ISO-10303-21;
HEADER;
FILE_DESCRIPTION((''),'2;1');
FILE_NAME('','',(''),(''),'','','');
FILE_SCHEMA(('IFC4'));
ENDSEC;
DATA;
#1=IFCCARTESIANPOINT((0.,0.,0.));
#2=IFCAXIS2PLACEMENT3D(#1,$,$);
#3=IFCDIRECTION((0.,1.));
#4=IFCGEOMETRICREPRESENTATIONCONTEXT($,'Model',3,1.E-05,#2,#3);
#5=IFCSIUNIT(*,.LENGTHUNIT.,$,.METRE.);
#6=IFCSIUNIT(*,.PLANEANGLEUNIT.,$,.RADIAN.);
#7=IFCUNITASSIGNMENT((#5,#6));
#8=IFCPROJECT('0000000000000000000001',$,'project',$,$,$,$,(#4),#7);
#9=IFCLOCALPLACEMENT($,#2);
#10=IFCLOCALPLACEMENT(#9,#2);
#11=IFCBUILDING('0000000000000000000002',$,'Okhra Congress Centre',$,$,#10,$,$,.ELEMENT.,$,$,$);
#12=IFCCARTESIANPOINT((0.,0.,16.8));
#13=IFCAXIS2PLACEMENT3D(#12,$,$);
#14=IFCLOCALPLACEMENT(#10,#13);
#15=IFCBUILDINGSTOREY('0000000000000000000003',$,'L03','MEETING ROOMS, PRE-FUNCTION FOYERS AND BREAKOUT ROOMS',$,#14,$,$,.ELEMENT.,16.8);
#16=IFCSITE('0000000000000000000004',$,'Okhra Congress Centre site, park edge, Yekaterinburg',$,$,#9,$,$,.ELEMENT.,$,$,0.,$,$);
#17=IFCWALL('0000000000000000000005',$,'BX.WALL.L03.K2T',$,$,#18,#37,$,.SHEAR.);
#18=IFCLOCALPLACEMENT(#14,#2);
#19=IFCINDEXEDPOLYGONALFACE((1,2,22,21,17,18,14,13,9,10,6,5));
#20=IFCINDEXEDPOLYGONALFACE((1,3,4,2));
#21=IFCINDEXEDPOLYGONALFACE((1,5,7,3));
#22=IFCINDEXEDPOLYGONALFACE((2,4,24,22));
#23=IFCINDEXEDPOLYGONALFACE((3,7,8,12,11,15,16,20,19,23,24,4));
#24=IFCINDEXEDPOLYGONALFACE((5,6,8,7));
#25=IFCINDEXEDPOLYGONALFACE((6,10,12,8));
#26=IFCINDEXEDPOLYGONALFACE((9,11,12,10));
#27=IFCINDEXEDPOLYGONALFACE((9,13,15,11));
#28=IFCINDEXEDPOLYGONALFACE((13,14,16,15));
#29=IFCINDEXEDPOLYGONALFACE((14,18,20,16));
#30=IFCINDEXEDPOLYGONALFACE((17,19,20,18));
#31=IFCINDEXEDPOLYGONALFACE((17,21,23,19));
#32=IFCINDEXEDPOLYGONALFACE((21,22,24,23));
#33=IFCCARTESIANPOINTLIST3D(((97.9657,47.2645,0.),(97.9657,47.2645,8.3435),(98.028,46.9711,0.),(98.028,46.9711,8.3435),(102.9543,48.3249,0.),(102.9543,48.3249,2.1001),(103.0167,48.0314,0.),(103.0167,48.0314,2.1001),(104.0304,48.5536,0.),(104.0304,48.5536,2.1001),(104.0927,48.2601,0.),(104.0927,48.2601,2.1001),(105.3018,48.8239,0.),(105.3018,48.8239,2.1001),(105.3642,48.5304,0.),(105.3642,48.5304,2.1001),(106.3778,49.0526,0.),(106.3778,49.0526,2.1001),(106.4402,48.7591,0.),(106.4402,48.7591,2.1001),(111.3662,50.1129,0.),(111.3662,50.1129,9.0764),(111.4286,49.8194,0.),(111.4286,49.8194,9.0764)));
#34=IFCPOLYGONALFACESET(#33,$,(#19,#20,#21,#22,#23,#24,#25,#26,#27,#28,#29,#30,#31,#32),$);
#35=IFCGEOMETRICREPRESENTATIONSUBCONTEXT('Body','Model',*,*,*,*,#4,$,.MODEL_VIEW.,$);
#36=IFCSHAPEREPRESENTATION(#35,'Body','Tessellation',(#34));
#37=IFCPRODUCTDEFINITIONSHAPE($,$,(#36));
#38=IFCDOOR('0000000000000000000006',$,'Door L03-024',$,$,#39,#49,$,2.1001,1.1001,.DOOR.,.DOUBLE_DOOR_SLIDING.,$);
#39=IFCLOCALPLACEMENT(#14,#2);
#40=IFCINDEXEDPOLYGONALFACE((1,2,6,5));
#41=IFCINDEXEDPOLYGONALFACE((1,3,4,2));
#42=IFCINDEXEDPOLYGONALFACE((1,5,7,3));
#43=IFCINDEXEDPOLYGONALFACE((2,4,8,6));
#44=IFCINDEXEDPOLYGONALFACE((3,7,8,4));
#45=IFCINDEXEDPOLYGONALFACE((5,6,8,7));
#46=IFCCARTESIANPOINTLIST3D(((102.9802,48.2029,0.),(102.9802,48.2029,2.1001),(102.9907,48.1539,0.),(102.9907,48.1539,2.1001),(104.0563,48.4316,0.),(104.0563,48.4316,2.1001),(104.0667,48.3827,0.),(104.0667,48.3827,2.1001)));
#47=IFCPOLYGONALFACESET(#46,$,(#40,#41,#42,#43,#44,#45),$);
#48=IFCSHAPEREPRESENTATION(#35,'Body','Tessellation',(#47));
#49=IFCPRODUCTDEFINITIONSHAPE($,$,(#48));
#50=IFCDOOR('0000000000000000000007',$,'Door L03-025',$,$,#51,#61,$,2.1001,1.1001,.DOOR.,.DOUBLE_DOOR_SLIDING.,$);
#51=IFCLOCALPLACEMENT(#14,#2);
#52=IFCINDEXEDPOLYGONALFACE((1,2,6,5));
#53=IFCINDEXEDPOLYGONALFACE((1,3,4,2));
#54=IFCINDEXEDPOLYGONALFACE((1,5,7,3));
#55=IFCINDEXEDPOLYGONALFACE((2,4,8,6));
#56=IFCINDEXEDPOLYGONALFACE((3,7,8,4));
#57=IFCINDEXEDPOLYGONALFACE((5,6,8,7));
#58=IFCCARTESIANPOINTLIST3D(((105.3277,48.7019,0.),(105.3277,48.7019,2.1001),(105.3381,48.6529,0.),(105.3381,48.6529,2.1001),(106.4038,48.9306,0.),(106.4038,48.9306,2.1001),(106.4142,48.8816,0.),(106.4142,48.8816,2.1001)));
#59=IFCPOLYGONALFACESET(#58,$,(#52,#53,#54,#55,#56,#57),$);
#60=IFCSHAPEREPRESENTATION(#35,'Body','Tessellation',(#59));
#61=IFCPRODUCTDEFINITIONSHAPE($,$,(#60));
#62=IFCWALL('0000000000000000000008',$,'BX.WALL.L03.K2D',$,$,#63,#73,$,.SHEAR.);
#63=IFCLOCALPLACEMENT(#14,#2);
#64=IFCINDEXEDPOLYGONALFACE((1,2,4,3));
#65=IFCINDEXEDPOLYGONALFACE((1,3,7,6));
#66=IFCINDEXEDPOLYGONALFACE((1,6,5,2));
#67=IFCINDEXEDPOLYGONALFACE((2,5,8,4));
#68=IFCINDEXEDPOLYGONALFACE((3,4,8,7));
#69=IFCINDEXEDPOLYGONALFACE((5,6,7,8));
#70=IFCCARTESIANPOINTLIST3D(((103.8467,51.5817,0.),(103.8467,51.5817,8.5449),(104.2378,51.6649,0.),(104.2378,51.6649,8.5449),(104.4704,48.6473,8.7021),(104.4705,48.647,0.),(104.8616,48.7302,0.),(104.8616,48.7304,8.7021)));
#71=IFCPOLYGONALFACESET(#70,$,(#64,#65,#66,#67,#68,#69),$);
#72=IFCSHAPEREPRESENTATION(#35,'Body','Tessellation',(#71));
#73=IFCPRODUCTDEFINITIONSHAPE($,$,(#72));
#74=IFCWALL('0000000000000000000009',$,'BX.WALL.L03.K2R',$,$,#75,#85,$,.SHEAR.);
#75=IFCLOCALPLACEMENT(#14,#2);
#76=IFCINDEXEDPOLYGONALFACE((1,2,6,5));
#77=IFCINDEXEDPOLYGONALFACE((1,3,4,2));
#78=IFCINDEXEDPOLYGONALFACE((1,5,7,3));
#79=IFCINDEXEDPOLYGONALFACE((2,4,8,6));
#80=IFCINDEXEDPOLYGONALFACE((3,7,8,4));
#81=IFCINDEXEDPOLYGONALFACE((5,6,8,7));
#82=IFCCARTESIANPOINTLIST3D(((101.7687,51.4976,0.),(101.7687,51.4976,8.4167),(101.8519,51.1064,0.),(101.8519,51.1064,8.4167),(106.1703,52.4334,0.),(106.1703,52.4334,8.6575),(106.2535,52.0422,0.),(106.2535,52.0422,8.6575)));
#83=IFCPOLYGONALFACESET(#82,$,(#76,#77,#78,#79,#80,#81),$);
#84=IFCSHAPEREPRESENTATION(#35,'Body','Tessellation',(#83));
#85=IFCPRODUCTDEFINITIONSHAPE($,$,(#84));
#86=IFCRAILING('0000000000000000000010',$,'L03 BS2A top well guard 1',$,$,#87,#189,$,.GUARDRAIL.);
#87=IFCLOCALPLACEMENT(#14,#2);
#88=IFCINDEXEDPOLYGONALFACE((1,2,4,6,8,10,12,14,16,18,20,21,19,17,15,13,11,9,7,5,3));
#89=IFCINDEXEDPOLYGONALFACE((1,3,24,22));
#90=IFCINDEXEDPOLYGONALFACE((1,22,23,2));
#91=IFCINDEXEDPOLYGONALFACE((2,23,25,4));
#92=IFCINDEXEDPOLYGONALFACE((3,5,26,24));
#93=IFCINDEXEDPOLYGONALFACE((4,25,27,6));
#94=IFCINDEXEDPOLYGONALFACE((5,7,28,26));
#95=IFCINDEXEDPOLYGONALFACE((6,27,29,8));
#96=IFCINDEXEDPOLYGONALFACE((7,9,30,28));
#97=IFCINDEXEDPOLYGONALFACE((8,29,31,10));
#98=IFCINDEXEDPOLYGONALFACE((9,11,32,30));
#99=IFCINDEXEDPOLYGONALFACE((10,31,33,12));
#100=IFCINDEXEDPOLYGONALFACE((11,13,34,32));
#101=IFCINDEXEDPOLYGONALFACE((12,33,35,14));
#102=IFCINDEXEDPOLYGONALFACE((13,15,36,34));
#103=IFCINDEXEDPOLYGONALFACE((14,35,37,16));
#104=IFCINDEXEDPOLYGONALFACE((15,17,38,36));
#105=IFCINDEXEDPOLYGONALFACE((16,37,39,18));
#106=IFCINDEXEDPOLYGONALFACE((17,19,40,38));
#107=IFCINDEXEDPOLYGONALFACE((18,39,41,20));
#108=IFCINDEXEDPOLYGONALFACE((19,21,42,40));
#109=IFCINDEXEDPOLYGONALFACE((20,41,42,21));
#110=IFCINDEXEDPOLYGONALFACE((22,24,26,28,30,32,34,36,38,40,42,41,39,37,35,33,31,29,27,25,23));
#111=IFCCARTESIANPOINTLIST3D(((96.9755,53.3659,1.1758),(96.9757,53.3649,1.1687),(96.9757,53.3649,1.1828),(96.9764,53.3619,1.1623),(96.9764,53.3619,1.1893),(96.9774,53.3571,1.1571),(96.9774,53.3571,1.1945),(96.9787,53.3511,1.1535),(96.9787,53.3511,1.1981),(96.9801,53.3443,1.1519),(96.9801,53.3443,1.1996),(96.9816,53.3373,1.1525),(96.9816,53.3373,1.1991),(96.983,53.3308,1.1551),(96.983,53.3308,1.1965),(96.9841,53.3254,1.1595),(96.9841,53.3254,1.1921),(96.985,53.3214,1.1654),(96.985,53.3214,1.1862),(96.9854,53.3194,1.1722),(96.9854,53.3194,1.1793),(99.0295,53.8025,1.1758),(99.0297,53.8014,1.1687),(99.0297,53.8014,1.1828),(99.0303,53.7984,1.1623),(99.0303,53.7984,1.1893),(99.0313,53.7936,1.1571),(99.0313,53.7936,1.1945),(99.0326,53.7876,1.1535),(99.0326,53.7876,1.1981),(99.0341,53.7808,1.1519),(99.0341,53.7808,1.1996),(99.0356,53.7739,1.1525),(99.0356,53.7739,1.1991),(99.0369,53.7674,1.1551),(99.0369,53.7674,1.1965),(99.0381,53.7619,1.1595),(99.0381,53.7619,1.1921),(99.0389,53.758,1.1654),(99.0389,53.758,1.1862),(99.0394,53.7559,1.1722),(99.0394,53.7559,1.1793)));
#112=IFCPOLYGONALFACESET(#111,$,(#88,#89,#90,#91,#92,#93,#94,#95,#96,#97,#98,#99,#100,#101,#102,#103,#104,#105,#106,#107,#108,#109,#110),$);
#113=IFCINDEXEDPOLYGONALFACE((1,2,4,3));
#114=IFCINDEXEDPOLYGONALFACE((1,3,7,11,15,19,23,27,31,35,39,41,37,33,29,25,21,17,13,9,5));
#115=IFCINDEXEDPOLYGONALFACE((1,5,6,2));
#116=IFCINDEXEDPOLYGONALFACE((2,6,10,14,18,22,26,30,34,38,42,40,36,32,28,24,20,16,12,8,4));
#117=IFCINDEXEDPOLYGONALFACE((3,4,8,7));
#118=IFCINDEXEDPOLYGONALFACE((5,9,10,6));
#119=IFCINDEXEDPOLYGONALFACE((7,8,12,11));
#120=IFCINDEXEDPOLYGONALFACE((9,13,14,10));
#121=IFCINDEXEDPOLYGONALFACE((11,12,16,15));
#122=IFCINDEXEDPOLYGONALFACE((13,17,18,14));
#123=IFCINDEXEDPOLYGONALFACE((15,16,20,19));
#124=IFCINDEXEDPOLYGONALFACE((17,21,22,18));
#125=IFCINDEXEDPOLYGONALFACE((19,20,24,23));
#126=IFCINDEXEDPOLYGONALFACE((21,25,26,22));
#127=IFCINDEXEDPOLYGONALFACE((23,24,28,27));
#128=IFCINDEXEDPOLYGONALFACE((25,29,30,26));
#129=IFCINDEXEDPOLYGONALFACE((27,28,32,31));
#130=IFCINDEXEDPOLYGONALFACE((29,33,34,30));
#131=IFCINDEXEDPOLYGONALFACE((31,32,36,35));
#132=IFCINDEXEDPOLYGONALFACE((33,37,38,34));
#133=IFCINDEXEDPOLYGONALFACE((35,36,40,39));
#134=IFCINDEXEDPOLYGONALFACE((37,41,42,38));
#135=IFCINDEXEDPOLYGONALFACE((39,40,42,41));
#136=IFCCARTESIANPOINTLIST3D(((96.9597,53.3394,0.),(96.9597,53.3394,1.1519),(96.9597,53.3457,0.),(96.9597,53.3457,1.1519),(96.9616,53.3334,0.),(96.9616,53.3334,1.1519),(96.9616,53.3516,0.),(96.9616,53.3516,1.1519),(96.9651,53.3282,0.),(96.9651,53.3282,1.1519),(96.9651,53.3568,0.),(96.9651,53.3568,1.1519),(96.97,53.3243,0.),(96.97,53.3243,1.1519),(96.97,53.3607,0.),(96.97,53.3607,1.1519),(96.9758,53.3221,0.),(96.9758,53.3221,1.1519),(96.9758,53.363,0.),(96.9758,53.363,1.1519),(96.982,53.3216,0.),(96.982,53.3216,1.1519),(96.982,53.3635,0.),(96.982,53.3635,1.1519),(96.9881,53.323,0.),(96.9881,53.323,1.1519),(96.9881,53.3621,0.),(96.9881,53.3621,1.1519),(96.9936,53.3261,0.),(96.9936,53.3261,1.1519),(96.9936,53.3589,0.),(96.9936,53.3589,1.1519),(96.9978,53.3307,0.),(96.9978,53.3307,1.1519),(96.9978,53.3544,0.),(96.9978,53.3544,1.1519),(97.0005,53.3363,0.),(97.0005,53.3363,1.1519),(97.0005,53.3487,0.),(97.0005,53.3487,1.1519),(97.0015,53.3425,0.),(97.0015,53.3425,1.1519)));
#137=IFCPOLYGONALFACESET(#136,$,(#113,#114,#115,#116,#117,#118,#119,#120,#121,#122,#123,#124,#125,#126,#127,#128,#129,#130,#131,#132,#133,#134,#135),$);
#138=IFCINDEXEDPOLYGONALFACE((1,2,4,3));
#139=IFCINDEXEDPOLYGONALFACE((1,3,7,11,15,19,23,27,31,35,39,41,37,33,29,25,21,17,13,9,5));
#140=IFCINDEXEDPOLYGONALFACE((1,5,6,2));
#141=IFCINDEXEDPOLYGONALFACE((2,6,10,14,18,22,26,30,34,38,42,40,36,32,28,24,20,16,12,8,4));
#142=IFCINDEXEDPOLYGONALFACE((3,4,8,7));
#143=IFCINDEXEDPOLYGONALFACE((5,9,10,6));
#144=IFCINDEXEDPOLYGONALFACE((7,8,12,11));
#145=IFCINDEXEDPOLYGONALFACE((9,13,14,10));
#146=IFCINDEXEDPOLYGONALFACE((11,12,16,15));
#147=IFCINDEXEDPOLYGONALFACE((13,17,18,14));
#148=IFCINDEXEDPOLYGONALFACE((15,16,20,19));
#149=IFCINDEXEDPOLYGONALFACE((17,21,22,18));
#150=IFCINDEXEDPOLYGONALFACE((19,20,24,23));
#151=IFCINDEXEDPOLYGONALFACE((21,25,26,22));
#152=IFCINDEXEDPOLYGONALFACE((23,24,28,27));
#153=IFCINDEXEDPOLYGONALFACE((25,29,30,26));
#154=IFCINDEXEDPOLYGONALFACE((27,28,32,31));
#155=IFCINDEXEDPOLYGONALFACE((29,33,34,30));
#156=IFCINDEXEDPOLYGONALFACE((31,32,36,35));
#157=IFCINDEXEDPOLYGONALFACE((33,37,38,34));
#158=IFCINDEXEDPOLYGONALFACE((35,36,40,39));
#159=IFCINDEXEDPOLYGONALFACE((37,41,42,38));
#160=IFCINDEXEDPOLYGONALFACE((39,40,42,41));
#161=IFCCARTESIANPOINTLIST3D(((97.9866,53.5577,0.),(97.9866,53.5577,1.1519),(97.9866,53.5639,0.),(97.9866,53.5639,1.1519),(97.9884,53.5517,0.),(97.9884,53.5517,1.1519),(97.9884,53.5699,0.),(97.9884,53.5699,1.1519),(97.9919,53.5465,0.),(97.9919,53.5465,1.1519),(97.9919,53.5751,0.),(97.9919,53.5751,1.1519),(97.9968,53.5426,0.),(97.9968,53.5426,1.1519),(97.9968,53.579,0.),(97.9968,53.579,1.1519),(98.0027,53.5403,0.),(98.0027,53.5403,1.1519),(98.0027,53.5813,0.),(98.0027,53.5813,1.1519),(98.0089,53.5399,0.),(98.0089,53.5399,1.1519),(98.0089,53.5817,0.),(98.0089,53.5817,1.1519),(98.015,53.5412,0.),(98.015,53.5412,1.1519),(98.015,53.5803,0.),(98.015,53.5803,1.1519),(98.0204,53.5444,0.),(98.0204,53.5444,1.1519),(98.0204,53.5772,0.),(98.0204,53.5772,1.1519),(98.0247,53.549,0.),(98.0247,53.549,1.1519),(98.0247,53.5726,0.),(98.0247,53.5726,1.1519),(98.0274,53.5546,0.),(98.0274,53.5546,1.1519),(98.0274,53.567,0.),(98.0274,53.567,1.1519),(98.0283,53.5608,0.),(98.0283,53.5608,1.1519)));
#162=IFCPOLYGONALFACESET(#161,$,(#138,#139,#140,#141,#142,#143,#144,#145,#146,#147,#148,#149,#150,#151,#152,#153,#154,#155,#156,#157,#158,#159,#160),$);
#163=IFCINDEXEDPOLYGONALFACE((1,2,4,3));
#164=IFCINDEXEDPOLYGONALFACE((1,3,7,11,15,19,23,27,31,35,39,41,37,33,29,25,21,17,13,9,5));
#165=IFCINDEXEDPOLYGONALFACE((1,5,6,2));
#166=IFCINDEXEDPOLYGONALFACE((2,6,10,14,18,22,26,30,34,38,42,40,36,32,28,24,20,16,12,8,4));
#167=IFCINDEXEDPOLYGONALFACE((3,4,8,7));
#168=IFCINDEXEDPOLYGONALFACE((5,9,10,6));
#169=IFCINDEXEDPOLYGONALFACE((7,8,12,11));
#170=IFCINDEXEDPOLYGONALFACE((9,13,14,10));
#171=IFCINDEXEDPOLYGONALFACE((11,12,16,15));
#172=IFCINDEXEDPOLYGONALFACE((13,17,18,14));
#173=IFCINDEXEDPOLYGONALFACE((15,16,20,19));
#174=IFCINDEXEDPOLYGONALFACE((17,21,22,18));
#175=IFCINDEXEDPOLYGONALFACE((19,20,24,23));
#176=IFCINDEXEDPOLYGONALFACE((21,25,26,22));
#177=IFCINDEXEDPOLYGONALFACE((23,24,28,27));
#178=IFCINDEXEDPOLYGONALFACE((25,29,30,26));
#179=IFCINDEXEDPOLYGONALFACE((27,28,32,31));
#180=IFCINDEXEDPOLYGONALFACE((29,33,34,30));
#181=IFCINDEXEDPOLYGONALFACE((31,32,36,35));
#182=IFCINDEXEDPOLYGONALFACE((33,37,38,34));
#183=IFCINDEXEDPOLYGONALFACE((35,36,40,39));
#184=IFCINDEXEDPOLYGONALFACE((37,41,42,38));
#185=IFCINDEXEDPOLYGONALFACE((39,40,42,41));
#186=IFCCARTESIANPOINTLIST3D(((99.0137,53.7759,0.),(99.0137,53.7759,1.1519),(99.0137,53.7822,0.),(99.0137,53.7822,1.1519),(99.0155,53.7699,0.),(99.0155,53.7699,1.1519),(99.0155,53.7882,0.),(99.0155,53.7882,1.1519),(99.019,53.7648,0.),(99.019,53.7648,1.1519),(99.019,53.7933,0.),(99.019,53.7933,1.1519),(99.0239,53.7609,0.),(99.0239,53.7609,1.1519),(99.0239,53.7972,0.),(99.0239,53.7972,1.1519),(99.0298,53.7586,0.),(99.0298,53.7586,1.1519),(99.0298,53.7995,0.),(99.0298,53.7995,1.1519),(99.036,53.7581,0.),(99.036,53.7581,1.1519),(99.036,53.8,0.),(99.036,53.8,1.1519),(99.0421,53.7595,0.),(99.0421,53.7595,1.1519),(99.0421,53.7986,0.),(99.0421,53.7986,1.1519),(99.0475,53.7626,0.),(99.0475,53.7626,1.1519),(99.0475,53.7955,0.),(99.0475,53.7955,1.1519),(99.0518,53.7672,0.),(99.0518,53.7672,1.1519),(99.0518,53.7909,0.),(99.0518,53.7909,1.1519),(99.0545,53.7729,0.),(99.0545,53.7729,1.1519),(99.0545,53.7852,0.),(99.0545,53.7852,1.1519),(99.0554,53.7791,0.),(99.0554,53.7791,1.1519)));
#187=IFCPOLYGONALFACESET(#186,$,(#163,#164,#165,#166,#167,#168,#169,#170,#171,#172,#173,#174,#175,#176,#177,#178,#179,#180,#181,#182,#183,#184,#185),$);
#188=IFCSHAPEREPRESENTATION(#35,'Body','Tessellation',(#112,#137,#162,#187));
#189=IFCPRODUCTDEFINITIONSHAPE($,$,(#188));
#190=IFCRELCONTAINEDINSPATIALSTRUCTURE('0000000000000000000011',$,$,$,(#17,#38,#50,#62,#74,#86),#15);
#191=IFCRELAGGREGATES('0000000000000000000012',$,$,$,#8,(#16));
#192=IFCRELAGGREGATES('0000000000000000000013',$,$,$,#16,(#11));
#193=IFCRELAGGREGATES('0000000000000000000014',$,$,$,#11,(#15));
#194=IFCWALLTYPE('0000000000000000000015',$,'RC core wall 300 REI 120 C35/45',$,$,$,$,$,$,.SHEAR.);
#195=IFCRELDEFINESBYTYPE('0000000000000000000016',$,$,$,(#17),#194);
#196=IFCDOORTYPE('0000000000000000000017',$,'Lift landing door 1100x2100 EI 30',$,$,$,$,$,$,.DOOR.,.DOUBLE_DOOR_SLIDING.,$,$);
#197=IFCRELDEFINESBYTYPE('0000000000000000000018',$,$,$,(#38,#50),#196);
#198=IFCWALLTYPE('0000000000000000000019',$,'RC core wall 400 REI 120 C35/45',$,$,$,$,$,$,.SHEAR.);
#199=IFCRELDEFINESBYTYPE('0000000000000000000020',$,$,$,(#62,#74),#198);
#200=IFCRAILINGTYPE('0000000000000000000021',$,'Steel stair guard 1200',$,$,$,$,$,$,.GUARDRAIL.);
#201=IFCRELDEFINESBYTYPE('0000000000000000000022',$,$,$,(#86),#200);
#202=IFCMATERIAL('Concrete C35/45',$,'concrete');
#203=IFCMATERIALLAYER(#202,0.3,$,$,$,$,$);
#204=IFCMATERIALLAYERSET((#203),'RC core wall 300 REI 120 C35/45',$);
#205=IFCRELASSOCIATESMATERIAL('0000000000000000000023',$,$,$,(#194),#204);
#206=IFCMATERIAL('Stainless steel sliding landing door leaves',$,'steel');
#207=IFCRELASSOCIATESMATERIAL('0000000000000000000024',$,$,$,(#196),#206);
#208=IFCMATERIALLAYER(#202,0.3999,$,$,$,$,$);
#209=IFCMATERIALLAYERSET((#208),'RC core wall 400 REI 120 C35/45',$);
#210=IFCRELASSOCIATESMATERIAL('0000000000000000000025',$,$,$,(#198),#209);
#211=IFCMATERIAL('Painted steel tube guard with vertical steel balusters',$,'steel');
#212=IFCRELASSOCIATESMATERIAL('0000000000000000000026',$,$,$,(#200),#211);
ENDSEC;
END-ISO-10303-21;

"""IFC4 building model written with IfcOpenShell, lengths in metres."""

from ifc_helpers import new_model, si_unit, direction, frame, frame_2d, origin, origin_2d, place, context, subcontext, project, spatial, polyline, rectangle, circle, outline, extrude, material, layer, layer_set, type_object, element, fill, save


model = new_model("IFC4")

# Units and contexts
model_context = context("Model", 3, precision=1e-05, world=origin(), true_north=direction((0.0, 1.0)))
body_context = subcontext(model_context, "Body", "Model", "MODEL_VIEW")
ifc_project = project(units=[si_unit("LENGTHUNIT", "METRE"), si_unit("PLANEANGLEUNIT", "RADIAN")], contexts=[model_context])

# Site, building, storey
site_placement = place(None, origin())
site = spatial("IfcSite", under=ifc_project, at=site_placement, Name="Okhra Congress Centre site, park edge, Yekaterinburg", CompositionType="ELEMENT", RefElevation=0.0)
building_placement = place(site_placement, origin())
building = spatial("IfcBuilding", under=site, at=building_placement, Name="Okhra Congress Centre", CompositionType="ELEMENT")
storey_placement = place(building_placement, frame((0.0, 0.0, 16.8)))
storey = spatial("IfcBuildingStorey", under=building, at=storey_placement, Name="L03", Description="MEETING ROOMS, PRE-FUNCTION FOYERS AND BREAKOUT ROOMS", CompositionType="ELEMENT", Elevation=16.8)

# Wall, openings, doors
ifc_material_1 = material(Name="Concrete C35/45", Category="concrete")
ifc_layer_1 = layer(ifc_material_1, 0.3)
ifc_layer_set_1 = layer_set([ifc_layer_1], Name="RC core wall 300 REI 120 C35/45")
wall_type_1 = type_object("IfcWallType", Name="RC core wall 300 REI 120 C35/45", PredefinedType="SHEAR", material=ifc_layer_set_1)
wall_1_placement = place(storey_placement, frame((97.9968, 47.1179, 0.0), z_axis=(0.0, 0.0, 1.0), x_axis=(0.978148, 0.207911, 0.0)))
wall_1 = element("IfcWall", 1, at=wall_1_placement, inside=storey, type_object=wall_type_1, Name="BX.WALL.L03.K2T", PredefinedType="SHEAR", context=body_context, shape_type="SweptSolid", body=[
    extrude(outline(polyline([(0.0, 0.0), (13.7, 0.0), (13.7, 9.0764), (0.0, 8.3435), (0.0, 0.0)])), frame((0.0, 0.1499, 0.0), z_axis=(0.0, -1.0, 0.0), x_axis=(1.0, 0.0, 0.0)), (0.0, 0.0, 1.0), 0.3),
])
opening_1_placement = place(wall_1_placement, frame((5.1001, 0.0, 0.0)))
opening_1 = element("IfcOpeningElement", 2, at=opening_1_placement, cuts=wall_1, PredefinedType="OPENING", context=body_context, shape_type="SweptSolid", body=[
    extrude(rectangle(XDim=1.1001, YDim=2.1001, at=frame_2d((0.55, 1.05))), frame((0.0, 0.1599, 0.0), z_axis=(0.0, -1.0, 0.0), x_axis=(1.0, 0.0, 0.0)), (0.0, 0.0, 1.0), 0.3201),
])
opening_2_placement = place(wall_1_placement, frame((7.5, 0.0, 0.0)))
opening_2 = element("IfcOpeningElement", 3, at=opening_2_placement, cuts=wall_1, PredefinedType="OPENING", context=body_context, shape_type="SweptSolid", body=[
    extrude(rectangle(XDim=1.1001, YDim=2.1001, at=frame_2d((0.55, 1.05))), frame((0.0, 0.1599, 0.0), z_axis=(0.0, -1.0, 0.0), x_axis=(1.0, 0.0, 0.0)), (0.0, 0.0, 1.0), 0.3201),
])
ifc_material_2 = material(Name="Stainless steel sliding landing door leaves", Category="steel")
door_type = type_object("IfcDoorType", Name="Lift landing door 1100x2100 EI 30", OperationType="DOUBLE_DOOR_SLIDING", PredefinedType="DOOR", material=ifc_material_2)
door_1_placement = place(opening_1_placement, frame((1.1001, 0.0, 0.0), z_axis=(0.0, 0.0, 1.0), x_axis=(-1.0, 0.0, 0.0)))
door_1 = element("IfcDoor", 4, at=door_1_placement, inside=storey, type_object=door_type, Name="Door L03-024", OperationType="DOUBLE_DOOR_SLIDING", OverallHeight=2.1001, OverallWidth=1.1001, PredefinedType="DOOR", context=body_context, shape_type="SweptSolid", body=[
    extrude(rectangle(XDim=1.1001, YDim=2.1001, at=frame_2d((0.55, 1.05))), frame((0.0, 0.0249, 0.0), z_axis=(0.0, -1.0, 0.0), x_axis=(1.0, 0.0, 0.0)), (0.0, 0.0, 1.0), 0.05),
])
fill(opening_1, door_1)
door_2_placement = place(opening_2_placement, frame((1.1001, 0.0, 0.0), z_axis=(0.0, 0.0, 1.0), x_axis=(-1.0, 0.0, 0.0)))
door_2 = element("IfcDoor", 5, at=door_2_placement, inside=storey, type_object=door_type, Name="Door L03-025", OperationType="DOUBLE_DOOR_SLIDING", OverallHeight=2.1001, OverallWidth=1.1001, PredefinedType="DOOR", context=body_context, shape_type="SweptSolid", body=[
    extrude(rectangle(XDim=1.1001, YDim=2.1001, at=frame_2d((0.55, 1.05))), frame((0.0, 0.0249, 0.0), z_axis=(0.0, -1.0, 0.0), x_axis=(1.0, 0.0, 0.0)), (0.0, 0.0, 1.0), 0.05),
])
fill(opening_2, door_2)

# Walls
ifc_layer_2 = layer(ifc_material_1, 0.3999)
ifc_layer_set_2 = layer_set([ifc_layer_2], Name="RC core wall 400 REI 120 C35/45")
wall_type_2 = type_object("IfcWallType", Name="RC core wall 400 REI 120 C35/45", PredefinedType="SHEAR", material=ifc_layer_set_2)
wall_2_placement = place(storey_placement, frame((104.0422, 51.6233, 0.0), z_axis=(0.0, 0.0, 1.0), x_axis=(0.207917, -0.978146, 0.0)))
element("IfcWall", 6, at=wall_2_placement, inside=storey, type_object=wall_type_2, Name="BX.WALL.L03.K2D", PredefinedType="SHEAR", context=body_context, shape_type="SweptSolid", body=[
    extrude(outline(polyline([(0.0, 0.0), (3.0002, 0.0), (3.0, 8.7021), (0.0, 8.5449), (0.0, 0.0)])), frame((0.0, 0.2, 0.0), z_axis=(0.0, -1.0, 0.0), x_axis=(1.0, 0.0, 0.0)), (0.0, 0.0, 1.0), 0.3999),
])
wall_3_placement = place(storey_placement, frame((101.8103, 51.302, 0.0), z_axis=(0.0, 0.0, 1.0), x_axis=(0.978139, 0.207954, 0.0)))
element("IfcWall", 7, at=wall_3_placement, inside=storey, type_object=wall_type_2, Name="BX.WALL.L03.K2R", PredefinedType="SHEAR", context=body_context, shape_type="SweptSolid", body=[
    extrude(outline(polyline([(0.0, 0.0), (4.5, 0.0), (4.5, 8.6575), (0.0, 8.4167), (0.0, 0.0)])), frame((0.0, 0.2, 0.0), z_axis=(0.0, -1.0, 0.0), x_axis=(1.0, 0.0, 0.0)), (0.0, 0.0, 1.0), 0.3999),
])

# Railing
ifc_material_3 = material(Name="Painted steel tube guard with vertical steel balusters", Category="steel")
railing_type = type_object("IfcRailingType", Name="Steel stair guard 1200", PredefinedType="GUARDRAIL", material=ifc_material_3)
railing_placement = place(storey_placement, frame((96.9805, 53.3425, 0.0)))
element("IfcRailing", 8, at=railing_placement, inside=storey, type_object=railing_type, Name="L03 BS2A top well guard 1", PredefinedType="GUARDRAIL", context=body_context, shape_type="SweptSolid", body=[
    extrude(circle(Radius=0.0239, at=origin_2d()), frame((0.0, 0.0, 1.1758), z_axis=(0.978153, 0.207885, 0.0), x_axis=(-0.207885, 0.978153, 0.0)), (0.0, 0.0, 1.0), 2.0999),
    extrude(circle(Radius=0.021, at=origin_2d()), origin(), (0.0, 0.0, 1.0), 1.1519),
    extrude(circle(Radius=0.021, at=origin_2d()), frame((1.0269, 0.2183, 0.0)), (0.0, 0.0, 1.0), 1.1519),
    extrude(circle(Radius=0.021, at=origin_2d()), frame((2.054, 0.4365, 0.0)), (0.0, 0.0, 1.0), 1.1519),
])

save(model, "model.ifc")
